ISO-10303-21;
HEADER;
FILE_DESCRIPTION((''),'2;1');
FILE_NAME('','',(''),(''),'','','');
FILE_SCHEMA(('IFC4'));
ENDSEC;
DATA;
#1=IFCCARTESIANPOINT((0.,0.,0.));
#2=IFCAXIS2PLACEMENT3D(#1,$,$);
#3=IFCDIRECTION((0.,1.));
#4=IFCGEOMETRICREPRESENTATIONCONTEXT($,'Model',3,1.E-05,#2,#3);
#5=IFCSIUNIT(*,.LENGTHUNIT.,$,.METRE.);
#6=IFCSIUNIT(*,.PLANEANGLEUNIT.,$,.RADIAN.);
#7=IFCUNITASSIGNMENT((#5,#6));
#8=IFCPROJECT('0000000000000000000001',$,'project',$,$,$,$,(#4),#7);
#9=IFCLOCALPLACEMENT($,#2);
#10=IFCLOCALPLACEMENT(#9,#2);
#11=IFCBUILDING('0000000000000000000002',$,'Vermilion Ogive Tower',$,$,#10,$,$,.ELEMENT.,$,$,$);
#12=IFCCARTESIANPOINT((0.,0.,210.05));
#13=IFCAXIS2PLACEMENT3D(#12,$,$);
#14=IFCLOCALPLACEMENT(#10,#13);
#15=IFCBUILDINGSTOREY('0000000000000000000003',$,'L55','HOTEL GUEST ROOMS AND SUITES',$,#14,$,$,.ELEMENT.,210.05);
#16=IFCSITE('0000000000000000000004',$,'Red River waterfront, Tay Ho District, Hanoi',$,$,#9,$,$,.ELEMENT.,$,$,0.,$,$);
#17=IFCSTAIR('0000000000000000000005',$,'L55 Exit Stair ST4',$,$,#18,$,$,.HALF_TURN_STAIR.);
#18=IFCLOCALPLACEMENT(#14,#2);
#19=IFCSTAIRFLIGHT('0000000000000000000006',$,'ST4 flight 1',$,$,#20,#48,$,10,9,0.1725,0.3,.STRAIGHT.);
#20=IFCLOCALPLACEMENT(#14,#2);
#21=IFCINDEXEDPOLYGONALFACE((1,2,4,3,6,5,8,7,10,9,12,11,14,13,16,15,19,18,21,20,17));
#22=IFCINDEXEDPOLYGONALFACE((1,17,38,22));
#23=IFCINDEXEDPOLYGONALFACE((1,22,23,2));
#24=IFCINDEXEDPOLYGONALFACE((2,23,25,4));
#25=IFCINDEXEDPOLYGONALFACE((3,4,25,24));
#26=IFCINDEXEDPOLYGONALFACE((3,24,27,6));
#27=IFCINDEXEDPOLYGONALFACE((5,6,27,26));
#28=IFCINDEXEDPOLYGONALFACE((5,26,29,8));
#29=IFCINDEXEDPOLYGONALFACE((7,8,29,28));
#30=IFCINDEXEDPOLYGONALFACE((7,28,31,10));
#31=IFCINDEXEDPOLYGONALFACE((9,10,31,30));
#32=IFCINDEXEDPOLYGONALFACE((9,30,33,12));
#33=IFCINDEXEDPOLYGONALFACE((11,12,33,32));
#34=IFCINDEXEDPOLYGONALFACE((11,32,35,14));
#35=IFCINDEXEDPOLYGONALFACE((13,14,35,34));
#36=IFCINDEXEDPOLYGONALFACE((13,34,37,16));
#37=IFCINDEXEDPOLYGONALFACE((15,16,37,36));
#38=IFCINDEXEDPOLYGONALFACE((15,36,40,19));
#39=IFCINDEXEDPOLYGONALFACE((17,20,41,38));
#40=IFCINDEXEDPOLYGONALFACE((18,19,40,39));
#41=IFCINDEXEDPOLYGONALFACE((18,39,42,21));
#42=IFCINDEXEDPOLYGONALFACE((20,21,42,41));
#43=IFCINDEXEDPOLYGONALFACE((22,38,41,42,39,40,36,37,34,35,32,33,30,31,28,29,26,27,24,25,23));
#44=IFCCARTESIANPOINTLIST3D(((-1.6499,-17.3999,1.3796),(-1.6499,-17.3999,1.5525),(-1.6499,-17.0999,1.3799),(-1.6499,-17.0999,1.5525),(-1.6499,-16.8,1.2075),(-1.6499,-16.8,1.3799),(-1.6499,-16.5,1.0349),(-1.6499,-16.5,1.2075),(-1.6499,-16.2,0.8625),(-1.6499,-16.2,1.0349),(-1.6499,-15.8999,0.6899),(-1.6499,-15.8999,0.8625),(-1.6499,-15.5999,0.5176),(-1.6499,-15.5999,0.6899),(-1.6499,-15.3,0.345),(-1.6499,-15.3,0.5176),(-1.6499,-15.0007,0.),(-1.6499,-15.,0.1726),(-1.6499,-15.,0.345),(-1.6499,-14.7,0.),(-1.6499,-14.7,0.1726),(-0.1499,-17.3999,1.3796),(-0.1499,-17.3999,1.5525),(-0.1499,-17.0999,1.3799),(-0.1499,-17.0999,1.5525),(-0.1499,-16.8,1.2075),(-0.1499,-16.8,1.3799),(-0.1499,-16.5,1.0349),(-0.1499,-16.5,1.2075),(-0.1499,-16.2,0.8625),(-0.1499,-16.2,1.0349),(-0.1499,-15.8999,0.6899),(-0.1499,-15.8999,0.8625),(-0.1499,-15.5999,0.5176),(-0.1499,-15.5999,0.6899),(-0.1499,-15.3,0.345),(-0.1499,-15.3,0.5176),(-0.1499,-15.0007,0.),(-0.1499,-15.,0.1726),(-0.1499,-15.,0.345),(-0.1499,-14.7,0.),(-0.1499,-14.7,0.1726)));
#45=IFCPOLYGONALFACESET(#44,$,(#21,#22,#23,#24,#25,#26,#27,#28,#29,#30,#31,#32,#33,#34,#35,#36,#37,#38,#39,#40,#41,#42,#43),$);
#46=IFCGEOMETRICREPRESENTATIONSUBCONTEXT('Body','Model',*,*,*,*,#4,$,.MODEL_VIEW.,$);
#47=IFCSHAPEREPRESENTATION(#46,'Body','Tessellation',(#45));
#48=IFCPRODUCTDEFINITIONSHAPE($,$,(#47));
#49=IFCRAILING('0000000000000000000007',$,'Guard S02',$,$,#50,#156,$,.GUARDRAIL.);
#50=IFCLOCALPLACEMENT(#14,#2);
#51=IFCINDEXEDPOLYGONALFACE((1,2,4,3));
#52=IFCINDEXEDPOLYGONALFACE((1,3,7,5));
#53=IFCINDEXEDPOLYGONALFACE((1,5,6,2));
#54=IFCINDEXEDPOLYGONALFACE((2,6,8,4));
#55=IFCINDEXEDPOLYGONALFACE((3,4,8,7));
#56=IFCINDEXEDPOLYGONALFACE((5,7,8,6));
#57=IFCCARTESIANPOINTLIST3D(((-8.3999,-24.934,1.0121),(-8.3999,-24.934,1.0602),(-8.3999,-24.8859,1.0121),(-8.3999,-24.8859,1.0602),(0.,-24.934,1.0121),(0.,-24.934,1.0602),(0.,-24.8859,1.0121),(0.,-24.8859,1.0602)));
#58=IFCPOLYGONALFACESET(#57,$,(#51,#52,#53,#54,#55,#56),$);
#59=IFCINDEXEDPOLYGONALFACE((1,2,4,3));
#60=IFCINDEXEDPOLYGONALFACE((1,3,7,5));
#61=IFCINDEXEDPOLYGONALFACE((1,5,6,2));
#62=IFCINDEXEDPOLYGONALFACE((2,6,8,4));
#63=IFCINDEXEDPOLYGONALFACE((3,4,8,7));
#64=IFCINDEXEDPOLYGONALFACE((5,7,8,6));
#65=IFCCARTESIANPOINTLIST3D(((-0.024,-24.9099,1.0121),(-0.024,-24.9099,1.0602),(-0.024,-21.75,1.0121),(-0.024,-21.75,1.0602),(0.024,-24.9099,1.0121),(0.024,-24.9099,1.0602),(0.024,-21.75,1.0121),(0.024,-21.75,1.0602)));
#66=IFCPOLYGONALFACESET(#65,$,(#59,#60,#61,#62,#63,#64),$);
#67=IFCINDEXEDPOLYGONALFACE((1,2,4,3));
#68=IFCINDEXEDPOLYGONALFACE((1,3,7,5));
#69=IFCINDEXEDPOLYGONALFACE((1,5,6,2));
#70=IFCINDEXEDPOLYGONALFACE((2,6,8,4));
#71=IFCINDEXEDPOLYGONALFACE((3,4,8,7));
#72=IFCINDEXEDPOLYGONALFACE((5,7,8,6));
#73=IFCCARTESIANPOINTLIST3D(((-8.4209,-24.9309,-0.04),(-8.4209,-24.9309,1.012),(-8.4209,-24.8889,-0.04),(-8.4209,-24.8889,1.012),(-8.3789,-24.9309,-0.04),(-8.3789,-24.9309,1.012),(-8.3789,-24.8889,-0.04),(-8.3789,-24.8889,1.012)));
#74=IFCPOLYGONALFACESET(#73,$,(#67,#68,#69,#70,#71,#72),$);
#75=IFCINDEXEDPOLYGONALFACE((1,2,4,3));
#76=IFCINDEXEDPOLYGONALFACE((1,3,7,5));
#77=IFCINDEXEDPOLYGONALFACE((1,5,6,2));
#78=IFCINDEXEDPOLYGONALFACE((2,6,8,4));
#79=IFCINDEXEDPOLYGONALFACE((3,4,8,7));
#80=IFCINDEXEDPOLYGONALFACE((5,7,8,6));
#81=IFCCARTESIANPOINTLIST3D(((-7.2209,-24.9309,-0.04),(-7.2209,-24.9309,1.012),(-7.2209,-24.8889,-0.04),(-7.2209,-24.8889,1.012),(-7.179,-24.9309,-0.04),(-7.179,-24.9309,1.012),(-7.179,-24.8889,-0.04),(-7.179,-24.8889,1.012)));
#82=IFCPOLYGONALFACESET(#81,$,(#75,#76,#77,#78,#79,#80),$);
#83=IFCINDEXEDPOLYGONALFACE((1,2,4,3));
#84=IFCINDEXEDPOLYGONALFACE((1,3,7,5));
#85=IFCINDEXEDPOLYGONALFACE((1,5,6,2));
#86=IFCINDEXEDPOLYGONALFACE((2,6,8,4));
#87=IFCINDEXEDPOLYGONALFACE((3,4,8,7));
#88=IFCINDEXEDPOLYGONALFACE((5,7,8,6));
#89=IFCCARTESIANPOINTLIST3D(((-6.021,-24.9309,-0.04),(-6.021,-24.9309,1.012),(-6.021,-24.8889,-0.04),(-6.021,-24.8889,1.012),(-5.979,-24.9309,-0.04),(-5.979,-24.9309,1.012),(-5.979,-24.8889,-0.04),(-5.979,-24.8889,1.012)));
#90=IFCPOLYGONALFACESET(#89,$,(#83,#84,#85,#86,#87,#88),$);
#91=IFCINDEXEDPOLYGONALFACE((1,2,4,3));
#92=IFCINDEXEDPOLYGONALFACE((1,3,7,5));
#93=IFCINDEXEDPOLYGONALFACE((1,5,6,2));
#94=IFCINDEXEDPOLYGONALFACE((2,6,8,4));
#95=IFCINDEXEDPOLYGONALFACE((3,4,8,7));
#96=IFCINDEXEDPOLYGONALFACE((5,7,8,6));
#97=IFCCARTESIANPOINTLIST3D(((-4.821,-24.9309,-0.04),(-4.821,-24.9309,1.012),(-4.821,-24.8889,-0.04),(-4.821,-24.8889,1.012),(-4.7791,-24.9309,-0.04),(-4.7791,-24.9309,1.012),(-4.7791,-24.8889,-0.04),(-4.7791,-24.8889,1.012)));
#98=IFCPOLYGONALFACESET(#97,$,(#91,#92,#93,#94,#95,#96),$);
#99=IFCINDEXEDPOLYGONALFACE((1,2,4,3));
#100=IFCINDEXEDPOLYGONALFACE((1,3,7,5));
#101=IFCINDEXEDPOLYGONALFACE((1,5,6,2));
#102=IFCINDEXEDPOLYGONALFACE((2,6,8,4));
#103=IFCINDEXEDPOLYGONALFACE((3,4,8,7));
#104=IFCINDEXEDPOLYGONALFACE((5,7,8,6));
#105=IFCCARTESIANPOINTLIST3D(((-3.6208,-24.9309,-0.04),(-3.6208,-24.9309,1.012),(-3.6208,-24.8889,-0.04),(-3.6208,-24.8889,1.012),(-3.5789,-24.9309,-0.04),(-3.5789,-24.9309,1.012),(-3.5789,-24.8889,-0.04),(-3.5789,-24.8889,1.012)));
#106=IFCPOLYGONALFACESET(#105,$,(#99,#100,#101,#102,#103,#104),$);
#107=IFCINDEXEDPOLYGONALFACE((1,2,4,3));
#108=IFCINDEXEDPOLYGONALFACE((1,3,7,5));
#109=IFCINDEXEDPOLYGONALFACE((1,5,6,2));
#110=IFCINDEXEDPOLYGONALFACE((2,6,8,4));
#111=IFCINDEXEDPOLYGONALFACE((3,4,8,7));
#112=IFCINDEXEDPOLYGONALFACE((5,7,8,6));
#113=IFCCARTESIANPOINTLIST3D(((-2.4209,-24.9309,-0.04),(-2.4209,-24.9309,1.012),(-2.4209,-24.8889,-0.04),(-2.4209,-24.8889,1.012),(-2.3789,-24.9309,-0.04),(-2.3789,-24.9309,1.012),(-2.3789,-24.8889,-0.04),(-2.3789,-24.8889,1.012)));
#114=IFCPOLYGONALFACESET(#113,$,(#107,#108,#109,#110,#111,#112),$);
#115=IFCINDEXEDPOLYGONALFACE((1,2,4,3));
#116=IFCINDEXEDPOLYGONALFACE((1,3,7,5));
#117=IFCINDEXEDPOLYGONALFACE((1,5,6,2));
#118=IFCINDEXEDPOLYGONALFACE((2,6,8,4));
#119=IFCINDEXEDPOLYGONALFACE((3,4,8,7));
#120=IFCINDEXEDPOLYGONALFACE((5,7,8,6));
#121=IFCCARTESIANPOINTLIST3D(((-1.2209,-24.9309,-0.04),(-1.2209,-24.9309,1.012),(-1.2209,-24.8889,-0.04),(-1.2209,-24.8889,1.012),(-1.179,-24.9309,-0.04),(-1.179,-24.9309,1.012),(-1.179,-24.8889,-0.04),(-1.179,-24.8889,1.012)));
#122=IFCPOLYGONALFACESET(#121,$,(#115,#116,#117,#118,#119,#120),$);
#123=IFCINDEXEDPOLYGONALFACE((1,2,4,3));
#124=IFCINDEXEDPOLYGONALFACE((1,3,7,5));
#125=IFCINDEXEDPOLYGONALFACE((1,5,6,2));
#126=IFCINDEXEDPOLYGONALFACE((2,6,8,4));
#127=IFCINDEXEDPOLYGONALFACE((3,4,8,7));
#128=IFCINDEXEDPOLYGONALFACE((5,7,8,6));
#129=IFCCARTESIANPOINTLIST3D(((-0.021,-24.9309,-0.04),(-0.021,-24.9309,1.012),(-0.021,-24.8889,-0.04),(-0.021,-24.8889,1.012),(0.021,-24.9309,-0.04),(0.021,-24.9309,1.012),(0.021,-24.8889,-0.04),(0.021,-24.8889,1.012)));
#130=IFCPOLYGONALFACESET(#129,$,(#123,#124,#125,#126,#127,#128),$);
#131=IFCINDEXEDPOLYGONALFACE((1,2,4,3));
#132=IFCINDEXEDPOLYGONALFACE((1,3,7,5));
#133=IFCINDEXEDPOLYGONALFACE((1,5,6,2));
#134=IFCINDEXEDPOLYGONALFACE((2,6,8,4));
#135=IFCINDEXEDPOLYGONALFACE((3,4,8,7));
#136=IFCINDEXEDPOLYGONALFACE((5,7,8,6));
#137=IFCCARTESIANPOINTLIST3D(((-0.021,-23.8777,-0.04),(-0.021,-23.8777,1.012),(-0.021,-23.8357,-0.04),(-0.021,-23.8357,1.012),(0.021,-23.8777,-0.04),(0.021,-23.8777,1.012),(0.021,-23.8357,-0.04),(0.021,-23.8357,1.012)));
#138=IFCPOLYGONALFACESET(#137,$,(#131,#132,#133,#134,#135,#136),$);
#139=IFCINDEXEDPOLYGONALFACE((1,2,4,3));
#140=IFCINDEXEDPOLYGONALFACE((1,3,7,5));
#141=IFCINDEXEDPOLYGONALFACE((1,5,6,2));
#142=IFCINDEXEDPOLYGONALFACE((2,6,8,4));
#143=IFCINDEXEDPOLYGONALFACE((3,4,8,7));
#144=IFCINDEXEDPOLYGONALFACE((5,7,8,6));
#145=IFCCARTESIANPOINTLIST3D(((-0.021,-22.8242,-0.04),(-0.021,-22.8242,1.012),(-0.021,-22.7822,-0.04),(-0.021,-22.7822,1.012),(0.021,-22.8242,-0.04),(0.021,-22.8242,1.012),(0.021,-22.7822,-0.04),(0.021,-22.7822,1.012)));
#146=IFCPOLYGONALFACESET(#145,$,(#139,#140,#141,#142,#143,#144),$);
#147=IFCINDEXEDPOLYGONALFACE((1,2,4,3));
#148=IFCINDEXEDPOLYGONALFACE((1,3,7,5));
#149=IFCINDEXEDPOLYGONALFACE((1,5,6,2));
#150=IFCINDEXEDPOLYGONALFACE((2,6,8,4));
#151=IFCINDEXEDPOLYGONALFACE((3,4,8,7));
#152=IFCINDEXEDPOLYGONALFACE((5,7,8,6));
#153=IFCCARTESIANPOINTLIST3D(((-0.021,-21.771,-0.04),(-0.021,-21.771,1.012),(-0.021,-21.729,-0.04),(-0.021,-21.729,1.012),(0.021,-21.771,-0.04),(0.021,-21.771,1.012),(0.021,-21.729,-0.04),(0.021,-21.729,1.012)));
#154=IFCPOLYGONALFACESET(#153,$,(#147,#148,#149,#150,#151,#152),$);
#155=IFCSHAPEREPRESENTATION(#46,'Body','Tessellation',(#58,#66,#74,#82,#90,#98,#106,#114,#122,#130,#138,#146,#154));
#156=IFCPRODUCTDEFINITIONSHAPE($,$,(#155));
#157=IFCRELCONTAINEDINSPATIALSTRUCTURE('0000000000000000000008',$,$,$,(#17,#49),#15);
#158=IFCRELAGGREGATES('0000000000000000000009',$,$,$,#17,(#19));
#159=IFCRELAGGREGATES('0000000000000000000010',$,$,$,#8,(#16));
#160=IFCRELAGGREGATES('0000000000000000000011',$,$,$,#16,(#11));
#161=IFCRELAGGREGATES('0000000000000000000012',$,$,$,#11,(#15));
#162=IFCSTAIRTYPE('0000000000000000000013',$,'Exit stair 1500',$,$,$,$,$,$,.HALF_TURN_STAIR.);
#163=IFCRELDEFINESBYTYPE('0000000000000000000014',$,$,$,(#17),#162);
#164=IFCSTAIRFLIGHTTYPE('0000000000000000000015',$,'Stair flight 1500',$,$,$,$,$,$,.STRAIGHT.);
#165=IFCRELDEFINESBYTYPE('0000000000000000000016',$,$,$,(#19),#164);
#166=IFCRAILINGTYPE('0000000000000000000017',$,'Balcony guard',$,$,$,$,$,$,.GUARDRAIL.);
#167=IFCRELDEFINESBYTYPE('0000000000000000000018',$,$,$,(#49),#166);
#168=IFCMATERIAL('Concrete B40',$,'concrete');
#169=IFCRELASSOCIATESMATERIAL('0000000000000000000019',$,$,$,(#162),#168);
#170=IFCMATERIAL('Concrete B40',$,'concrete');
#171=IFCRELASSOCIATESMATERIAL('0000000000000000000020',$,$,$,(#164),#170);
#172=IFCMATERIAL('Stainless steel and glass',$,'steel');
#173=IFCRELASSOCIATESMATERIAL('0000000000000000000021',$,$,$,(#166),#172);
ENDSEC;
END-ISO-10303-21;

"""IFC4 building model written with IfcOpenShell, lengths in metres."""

from ifc_helpers import new_model, si_unit, direction, frame, origin, origin_2d, place, context, subcontext, project, spatial, polyline, rectangle, outline, extrude, material, type_object, element, aggregate, save


model = new_model("IFC4")

# Units and contexts
model_context = context("Model", 3, precision=1e-05, world=origin(), true_north=direction((0.0, 1.0)))
body_context = subcontext(model_context, "Body", "Model", "MODEL_VIEW")
ifc_project = project(units=[si_unit("LENGTHUNIT", "METRE"), si_unit("PLANEANGLEUNIT", "RADIAN")], contexts=[model_context])

# Site, building, storey
site_placement = place(None, origin())
site = spatial("IfcSite", under=ifc_project, at=site_placement, Name="Red River waterfront, Tay Ho District, Hanoi", CompositionType="ELEMENT", RefElevation=0.0)
building_placement = place(site_placement, origin())
building = spatial("IfcBuilding", under=site, at=building_placement, Name="Vermilion Ogive Tower", CompositionType="ELEMENT")
storey_placement = place(building_placement, frame((0.0, 0.0, 210.05)))
storey = spatial("IfcBuildingStorey", under=building, at=storey_placement, Name="L55", Description="HOTEL GUEST ROOMS AND SUITES", CompositionType="ELEMENT", Elevation=210.05)

# Shared definitions
ifc_material_1 = material(Name="Concrete B40", Category="concrete")
stair_type = type_object("IfcStairType", Name="Exit stair 1500", PredefinedType="HALF_TURN_STAIR", material=ifc_material_1)
ifc_material_2 = material(Name="Concrete B40", Category="concrete")
stair_flight_type = type_object("IfcStairFlightType", Name="Stair flight 1500", PredefinedType="STRAIGHT", material=ifc_material_2)

# Stair, stair flight
stair_1_placement = place(storey_placement, origin())
stair_1 = element("IfcStair", 1, at=stair_1_placement, inside=storey, type_object=stair_type, Name="L55 Exit Stair ST4", PredefinedType="HALF_TURN_STAIR")
stair_flight_1_placement = place(storey_placement, frame((-0.8999, -14.7, 0.0), z_axis=(0.0, 0.0, 1.0), x_axis=(0.0, -1.0, 0.0)))
stair_flight_1 = element("IfcStairFlight", 2, at=stair_flight_1_placement, type_object=stair_flight_type, Name="ST4 flight 1", NumberOfRisers=10, NumberOfTreads=9, PredefinedType="STRAIGHT", RiserHeight=0.1725, TreadLength=0.3, context=body_context, shape_type="SweptSolid", body=[
    extrude(outline(polyline([(0.0, 0.0), (0.0, 0.1726), (0.3, 0.1726), (0.3, 0.345), (0.6001, 0.345), (0.6001, 0.5176), (0.8999, 0.5176), (0.8999, 0.6899), (1.2, 0.6899), (1.2, 0.8625), (1.5, 0.8625), (1.5, 1.0349), (1.8, 1.0349), (1.8, 1.2075), (2.1001, 1.2075), (2.1001, 1.3799), (2.3999, 1.3799), (2.3999, 1.5525), (2.7, 1.5525), (2.7, 1.7251), (2.7, 1.3796), (0.3008, 0.0), (0.0, 0.0)])), frame((0.0, 0.75, 0.0), z_axis=(0.0, -1.0, 0.0), x_axis=(1.0, 0.0, 0.0)), (0.0, 0.0, 1.0), 1.5),
])
aggregate(stair_1, [stair_flight_1])

# Railing
ifc_material_3 = material(Name="Stainless steel and glass", Category="steel")
railing_type_1 = type_object("IfcRailingType", Name="Balcony guard", PredefinedType="GUARDRAIL", material=ifc_material_3)
railing_1_placement = place(storey_placement, frame((-8.3999, -24.9099, -0.04)))
element("IfcRailing", 3, at=railing_1_placement, inside=storey, type_object=railing_type_1, Name="Guard S02", PredefinedType="GUARDRAIL", context=body_context, shape_type="SweptSolid", body=[
    extrude(rectangle(XDim=0.0481, YDim=0.0481, at=origin_2d()), frame((0.0, 0.0, 1.0762), z_axis=(1.0, 0.0, 0.0), x_axis=(0.0, 1.0, 0.0)), (0.0, 0.0, 1.0), 8.3999),
    extrude(rectangle(XDim=0.0481, YDim=0.0481, at=origin_2d()), frame((8.3999, 0.0, 1.0762), z_axis=(0.0, 1.0, 0.0), x_axis=(-1.0, 0.0, 0.0)), (0.0, 0.0, 1.0), 3.1599),
    extrude(rectangle(XDim=0.042, YDim=0.042, at=origin_2d()), origin(), (0.0, 0.0, 1.0), 1.052),
    extrude(rectangle(XDim=0.042, YDim=0.042, at=origin_2d()), frame((1.2, 0.0, 0.0)), (0.0, 0.0, 1.0), 1.052),
    extrude(rectangle(XDim=0.042, YDim=0.042, at=origin_2d()), frame((2.3999, 0.0, 0.0)), (0.0, 0.0, 1.0), 1.052),
    extrude(rectangle(XDim=0.042, YDim=0.042, at=origin_2d()), frame((3.5999, 0.0, 0.0)), (0.0, 0.0, 1.0), 1.052),
    extrude(rectangle(XDim=0.042, YDim=0.042, at=origin_2d()), frame((4.8, 0.0, 0.0)), (0.0, 0.0, 1.0), 1.052),
    extrude(rectangle(XDim=0.042, YDim=0.042, at=origin_2d()), frame((6.0, 0.0, 0.0)), (0.0, 0.0, 1.0), 1.052),
    extrude(rectangle(XDim=0.042, YDim=0.042, at=origin_2d()), frame((7.2, 0.0, 0.0)), (0.0, 0.0, 1.0), 1.052),
    extrude(rectangle(XDim=0.042, YDim=0.042, at=origin_2d()), frame((8.3999, 0.0, 0.0)), (0.0, 0.0, 1.0), 1.052),
    extrude(rectangle(XDim=0.042, YDim=0.042, at=origin_2d()), frame((8.3999, 1.0532, 0.0)), (0.0, 0.0, 1.0), 1.052),
    extrude(rectangle(XDim=0.042, YDim=0.042, at=origin_2d()), frame((8.3999, 2.1067, 0.0)), (0.0, 0.0, 1.0), 1.052),
    extrude(rectangle(XDim=0.042, YDim=0.042, at=origin_2d()), frame((8.3999, 3.1599, 0.0)), (0.0, 0.0, 1.0), 1.052),
])

save(model, "model.ifc")
